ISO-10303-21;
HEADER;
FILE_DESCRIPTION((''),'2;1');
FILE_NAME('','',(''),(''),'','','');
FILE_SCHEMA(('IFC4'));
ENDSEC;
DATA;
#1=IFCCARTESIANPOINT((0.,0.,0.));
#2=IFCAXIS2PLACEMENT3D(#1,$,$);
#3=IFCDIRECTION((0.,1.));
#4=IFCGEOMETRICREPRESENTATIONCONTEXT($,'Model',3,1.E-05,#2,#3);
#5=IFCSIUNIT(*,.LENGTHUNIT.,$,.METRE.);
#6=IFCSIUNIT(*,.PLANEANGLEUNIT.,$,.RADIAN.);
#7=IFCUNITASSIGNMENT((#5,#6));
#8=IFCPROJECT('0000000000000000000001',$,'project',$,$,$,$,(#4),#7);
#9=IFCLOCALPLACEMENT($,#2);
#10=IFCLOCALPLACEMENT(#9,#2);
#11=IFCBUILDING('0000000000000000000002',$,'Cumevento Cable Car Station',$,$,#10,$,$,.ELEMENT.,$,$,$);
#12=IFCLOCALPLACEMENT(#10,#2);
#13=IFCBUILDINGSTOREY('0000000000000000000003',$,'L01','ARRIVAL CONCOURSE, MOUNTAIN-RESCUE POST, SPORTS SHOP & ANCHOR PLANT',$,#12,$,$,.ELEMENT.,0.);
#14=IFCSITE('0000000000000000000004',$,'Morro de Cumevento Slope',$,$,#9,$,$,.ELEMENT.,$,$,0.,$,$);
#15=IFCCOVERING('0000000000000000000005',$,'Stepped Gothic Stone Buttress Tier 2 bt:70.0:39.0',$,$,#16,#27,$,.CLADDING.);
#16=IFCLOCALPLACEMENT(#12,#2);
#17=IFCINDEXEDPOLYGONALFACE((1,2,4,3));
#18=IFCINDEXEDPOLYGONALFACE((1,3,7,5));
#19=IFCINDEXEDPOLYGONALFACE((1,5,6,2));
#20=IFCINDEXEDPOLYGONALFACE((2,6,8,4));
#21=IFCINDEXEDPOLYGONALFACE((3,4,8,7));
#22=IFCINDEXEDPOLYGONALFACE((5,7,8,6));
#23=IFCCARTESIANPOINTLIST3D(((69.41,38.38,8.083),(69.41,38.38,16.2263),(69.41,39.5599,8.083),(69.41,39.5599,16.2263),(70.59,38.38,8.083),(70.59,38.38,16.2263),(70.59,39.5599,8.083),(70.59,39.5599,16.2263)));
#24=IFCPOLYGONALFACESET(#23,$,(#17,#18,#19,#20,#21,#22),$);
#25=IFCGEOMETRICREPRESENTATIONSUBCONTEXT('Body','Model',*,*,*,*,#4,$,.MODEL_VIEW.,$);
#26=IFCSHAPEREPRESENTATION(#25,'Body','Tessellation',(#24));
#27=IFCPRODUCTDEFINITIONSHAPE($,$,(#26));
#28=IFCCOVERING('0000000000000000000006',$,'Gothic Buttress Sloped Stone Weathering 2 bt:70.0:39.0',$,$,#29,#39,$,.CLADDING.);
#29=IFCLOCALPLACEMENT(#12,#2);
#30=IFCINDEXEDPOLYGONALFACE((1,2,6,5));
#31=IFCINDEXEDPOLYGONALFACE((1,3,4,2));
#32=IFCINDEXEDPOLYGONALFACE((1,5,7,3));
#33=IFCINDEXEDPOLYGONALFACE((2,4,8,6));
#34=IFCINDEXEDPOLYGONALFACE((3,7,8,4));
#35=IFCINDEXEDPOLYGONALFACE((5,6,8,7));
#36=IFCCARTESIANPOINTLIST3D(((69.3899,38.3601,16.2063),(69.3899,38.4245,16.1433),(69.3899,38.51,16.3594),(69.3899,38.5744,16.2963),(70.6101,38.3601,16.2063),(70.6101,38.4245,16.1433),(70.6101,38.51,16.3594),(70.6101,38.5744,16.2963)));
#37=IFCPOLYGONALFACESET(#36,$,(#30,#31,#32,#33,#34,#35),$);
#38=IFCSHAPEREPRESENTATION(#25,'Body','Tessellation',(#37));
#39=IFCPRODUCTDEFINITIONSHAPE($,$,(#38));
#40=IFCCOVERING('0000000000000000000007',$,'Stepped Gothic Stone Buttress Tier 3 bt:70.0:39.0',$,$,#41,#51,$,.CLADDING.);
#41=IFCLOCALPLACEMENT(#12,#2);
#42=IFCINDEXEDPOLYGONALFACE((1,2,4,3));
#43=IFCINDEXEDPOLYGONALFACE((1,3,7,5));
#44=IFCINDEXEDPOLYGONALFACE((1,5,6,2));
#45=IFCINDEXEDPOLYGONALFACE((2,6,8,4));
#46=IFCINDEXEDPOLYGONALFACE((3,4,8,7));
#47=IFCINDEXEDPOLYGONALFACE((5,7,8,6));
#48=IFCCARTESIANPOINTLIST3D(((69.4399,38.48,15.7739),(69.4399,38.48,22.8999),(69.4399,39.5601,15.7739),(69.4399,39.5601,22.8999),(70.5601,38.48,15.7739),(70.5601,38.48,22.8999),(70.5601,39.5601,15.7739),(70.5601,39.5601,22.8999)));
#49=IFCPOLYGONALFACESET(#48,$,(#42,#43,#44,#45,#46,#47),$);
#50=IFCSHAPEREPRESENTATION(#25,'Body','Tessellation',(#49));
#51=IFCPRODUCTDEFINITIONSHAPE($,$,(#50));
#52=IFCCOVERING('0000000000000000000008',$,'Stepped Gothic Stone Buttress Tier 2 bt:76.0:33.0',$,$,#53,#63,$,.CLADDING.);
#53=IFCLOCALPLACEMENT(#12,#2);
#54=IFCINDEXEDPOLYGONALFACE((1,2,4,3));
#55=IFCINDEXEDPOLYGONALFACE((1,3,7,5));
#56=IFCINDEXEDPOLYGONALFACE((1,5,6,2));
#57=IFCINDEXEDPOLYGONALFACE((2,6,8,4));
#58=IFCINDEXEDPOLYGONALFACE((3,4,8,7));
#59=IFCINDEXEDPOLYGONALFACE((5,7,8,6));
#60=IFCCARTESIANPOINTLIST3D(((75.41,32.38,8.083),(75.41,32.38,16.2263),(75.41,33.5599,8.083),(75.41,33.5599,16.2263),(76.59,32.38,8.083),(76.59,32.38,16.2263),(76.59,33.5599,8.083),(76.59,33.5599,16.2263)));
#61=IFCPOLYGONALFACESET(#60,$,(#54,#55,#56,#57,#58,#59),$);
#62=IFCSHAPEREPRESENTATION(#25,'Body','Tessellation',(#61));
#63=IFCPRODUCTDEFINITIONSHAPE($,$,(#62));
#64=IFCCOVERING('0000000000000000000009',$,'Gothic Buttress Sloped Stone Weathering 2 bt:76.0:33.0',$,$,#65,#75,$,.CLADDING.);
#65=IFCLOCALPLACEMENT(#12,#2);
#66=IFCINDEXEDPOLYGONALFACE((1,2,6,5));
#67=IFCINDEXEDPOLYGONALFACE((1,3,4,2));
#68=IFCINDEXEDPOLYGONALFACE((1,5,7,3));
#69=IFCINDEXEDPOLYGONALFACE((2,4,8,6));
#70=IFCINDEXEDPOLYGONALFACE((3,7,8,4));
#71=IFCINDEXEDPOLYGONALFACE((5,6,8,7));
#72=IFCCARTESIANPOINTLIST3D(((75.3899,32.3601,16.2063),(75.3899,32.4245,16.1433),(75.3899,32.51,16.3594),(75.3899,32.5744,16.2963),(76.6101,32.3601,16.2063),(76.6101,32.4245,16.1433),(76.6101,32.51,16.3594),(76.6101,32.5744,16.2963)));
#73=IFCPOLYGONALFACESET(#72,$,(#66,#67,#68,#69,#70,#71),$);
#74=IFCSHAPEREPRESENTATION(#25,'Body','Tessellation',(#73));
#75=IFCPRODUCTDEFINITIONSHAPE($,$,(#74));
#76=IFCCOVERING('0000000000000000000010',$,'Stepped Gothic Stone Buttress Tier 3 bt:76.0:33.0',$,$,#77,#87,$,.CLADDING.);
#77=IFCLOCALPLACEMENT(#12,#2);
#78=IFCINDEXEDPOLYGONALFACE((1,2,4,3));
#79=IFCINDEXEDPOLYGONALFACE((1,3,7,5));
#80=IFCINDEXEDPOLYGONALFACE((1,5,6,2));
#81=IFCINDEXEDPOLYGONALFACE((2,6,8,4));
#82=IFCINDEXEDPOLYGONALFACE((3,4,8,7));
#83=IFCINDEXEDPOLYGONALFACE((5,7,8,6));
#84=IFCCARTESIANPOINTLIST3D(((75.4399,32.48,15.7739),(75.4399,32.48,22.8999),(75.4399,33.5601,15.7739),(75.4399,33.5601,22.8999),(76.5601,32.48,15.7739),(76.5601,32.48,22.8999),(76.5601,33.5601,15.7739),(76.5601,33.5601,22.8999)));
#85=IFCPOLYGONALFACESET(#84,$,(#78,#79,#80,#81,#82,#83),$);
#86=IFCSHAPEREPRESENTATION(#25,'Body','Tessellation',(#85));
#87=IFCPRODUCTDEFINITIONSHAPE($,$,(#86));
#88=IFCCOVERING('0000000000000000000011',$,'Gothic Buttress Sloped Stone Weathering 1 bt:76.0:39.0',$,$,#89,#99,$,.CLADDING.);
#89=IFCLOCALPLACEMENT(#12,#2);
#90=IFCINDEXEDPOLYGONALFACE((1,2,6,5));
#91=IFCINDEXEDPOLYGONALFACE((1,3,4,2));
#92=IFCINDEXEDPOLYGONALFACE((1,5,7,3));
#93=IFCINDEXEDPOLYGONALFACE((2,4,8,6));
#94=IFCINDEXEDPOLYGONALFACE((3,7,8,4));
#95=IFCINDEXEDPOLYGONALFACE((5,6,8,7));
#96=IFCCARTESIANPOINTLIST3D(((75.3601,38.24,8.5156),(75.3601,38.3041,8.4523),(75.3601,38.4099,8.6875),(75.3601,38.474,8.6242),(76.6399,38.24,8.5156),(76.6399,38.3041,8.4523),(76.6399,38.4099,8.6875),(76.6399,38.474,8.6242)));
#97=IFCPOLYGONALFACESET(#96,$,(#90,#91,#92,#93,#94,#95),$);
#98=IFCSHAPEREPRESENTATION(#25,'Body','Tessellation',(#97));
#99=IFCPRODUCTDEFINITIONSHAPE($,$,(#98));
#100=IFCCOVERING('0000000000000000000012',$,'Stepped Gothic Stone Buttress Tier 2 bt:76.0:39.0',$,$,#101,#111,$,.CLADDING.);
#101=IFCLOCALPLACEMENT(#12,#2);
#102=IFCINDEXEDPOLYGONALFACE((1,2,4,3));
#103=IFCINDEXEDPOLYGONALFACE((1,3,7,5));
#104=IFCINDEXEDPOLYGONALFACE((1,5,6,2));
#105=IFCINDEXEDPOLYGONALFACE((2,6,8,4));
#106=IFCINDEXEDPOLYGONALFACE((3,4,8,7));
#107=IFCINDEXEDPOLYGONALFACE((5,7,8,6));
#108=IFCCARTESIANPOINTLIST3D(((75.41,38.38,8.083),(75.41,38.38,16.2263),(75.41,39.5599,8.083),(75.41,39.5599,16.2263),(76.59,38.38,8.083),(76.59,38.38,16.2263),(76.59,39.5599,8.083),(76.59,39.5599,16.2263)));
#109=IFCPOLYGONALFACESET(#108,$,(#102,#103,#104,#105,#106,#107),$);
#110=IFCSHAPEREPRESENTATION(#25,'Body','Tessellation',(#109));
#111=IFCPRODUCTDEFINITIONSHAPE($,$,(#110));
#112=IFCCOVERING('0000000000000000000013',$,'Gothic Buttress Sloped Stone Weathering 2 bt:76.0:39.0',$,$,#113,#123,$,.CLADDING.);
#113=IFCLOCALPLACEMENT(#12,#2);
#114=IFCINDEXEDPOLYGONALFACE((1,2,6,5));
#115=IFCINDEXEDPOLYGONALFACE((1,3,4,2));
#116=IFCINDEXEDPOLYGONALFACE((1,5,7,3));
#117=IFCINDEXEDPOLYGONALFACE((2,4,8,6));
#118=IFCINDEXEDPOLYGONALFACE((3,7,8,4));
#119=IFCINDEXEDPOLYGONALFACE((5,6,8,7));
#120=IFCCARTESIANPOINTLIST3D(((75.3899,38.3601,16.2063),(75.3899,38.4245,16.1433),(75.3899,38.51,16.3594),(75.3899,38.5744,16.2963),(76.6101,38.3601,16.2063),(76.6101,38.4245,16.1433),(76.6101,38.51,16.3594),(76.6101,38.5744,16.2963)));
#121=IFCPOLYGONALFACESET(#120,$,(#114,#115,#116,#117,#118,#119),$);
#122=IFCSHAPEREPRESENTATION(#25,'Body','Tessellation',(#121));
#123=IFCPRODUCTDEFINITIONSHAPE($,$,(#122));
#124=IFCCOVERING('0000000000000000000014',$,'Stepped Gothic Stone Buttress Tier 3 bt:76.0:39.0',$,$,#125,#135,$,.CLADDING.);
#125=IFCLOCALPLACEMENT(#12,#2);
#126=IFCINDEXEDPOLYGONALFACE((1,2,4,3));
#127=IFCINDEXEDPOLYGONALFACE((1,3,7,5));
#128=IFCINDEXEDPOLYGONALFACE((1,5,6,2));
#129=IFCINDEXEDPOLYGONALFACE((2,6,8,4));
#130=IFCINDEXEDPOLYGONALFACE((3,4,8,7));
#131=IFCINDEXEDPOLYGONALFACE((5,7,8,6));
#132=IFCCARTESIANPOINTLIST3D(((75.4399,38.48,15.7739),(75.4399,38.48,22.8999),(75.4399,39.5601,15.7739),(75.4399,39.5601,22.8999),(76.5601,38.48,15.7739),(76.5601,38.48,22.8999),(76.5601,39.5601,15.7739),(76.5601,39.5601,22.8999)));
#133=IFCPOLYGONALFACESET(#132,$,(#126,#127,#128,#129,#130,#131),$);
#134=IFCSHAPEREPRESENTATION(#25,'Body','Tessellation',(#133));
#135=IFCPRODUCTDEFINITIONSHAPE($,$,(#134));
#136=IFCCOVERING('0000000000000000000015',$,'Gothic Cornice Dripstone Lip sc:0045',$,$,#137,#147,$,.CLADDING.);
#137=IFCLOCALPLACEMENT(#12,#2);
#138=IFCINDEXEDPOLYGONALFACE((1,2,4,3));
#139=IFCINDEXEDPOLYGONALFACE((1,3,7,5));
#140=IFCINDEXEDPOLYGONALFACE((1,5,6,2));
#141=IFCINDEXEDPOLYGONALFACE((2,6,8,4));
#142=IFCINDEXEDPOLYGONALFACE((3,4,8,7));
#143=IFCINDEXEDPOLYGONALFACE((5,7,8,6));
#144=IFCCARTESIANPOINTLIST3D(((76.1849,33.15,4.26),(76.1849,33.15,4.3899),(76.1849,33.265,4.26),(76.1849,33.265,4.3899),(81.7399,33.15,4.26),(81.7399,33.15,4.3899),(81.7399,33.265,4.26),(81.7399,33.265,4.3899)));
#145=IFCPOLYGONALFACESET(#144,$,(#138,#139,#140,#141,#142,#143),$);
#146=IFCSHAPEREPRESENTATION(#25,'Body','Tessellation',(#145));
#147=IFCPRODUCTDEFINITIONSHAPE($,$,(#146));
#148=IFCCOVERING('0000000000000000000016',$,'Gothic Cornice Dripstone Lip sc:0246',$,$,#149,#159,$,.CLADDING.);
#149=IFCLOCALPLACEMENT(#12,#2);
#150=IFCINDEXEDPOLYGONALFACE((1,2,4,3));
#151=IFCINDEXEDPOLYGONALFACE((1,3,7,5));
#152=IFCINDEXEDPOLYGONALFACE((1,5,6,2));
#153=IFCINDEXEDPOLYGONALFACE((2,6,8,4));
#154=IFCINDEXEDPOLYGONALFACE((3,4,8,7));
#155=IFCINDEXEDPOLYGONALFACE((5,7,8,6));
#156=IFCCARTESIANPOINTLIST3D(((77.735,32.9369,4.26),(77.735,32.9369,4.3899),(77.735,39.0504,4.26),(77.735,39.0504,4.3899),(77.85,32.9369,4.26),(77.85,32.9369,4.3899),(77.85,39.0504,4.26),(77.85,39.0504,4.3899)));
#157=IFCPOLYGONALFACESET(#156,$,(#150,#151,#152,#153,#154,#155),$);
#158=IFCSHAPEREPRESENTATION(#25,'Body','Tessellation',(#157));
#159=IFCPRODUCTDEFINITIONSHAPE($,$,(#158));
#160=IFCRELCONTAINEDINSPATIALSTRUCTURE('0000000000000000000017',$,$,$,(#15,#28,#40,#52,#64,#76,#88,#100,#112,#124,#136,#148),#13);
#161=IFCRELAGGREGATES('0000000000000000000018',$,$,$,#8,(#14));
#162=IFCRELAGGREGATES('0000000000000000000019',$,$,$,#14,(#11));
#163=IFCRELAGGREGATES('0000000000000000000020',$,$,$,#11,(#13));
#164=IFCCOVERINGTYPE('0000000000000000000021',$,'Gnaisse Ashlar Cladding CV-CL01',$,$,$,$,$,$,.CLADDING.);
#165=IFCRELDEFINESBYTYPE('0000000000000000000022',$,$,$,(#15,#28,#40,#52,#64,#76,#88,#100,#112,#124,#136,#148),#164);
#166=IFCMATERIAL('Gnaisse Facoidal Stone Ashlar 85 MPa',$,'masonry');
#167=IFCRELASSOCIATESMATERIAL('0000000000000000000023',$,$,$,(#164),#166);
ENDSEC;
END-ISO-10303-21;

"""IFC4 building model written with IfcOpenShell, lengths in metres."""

from ifc_helpers import new_model, si_unit, direction, frame, origin, origin_2d, place, context, subcontext, project, spatial, polyline, rectangle, outline, extrude, material, type_object, element, save


model = new_model("IFC4")

# Units and contexts
model_context = context("Model", 3, precision=1e-05, world=origin(), true_north=direction((0.0, 1.0)))
body_context = subcontext(model_context, "Body", "Model", "MODEL_VIEW")
ifc_project = project(units=[si_unit("LENGTHUNIT", "METRE"), si_unit("PLANEANGLEUNIT", "RADIAN")], contexts=[model_context])

# Site, building, storey
site_placement = place(None, origin())
site = spatial("IfcSite", under=ifc_project, at=site_placement, Name="Morro de Cumevento Slope", CompositionType="ELEMENT", RefElevation=0.0)
building_placement = place(site_placement, origin())
building = spatial("IfcBuilding", under=site, at=building_placement, Name="Cumevento Cable Car Station", CompositionType="ELEMENT")
storey_placement = place(building_placement, origin())
storey = spatial("IfcBuildingStorey", under=building, at=storey_placement, Name="L01", Description="ARRIVAL CONCOURSE, MOUNTAIN-RESCUE POST, SPORTS SHOP & ANCHOR PLANT", CompositionType="ELEMENT", Elevation=0.0)

# Coverings
ifc_material_1 = material(Name="Gnaisse Facoidal Stone Ashlar 85 MPa", Category="masonry")
covering_type = type_object("IfcCoveringType", Name="Gnaisse Ashlar Cladding CV-CL01", PredefinedType="CLADDING", material=ifc_material_1)
covering_1_placement = place(storey_placement, frame((70.0, 38.97, 8.083), z_axis=(0.0, 0.0, 1.0), x_axis=(1.0, 0.0, 0.0)))
element("IfcCovering", 1, at=covering_1_placement, inside=storey, type_object=covering_type, Name="Stepped Gothic Stone Buttress Tier 2 bt:70.0:39.0", PredefinedType="CLADDING", context=body_context, shape_type="SweptSolid", body=[
    extrude(rectangle(XDim=1.1799, YDim=1.1799, at=origin_2d()), origin(), (0.0, 0.0, 1.0), 8.1433),
])
covering_2_placement = place(storey_placement, frame((69.3899, 38.3601, 16.2063), z_axis=(0.0, -0.714475, 0.699661), x_axis=(1.0, 0.0, 0.0)))
element("IfcCovering", 2, at=covering_2_placement, inside=storey, type_object=covering_type, Name="Gothic Buttress Sloped Stone Weathering 2 bt:70.0:39.0", PredefinedType="CLADDING", context=body_context, shape_type="SweptSolid", body=[
    extrude(outline(polyline([(0.0, 0.0), (1.2202, 0.0), (1.2202, 0.2142), (0.0, 0.2142), (0.0, 0.0)])), origin(), (0.0, 0.0, -1.0), 0.0901),
])
covering_3_placement = place(storey_placement, frame((70.0, 39.02, 15.7739), z_axis=(0.0, 0.0, 1.0), x_axis=(1.0, 0.0, 0.0)))
element("IfcCovering", 3, at=covering_3_placement, inside=storey, type_object=covering_type, Name="Stepped Gothic Stone Buttress Tier 3 bt:70.0:39.0", PredefinedType="CLADDING", context=body_context, shape_type="SweptSolid", body=[
    extrude(rectangle(XDim=1.1201, YDim=1.0801, at=origin_2d()), origin(), (0.0, 0.0, 1.0), 7.126),
])
covering_4_placement = place(storey_placement, frame((76.0, 32.97, 8.083), z_axis=(0.0, 0.0, 1.0), x_axis=(1.0, 0.0, 0.0)))
element("IfcCovering", 4, at=covering_4_placement, inside=storey, type_object=covering_type, Name="Stepped Gothic Stone Buttress Tier 2 bt:76.0:33.0", PredefinedType="CLADDING", context=body_context, shape_type="SweptSolid", body=[
    extrude(rectangle(XDim=1.1799, YDim=1.1799, at=origin_2d()), origin(), (0.0, 0.0, 1.0), 8.1433),
])
covering_5_placement = place(storey_placement, frame((75.3899, 32.3601, 16.2063), z_axis=(0.0, -0.714475, 0.699661), x_axis=(1.0, 0.0, 0.0)))
element("IfcCovering", 5, at=covering_5_placement, inside=storey, type_object=covering_type, Name="Gothic Buttress Sloped Stone Weathering 2 bt:76.0:33.0", PredefinedType="CLADDING", context=body_context, shape_type="SweptSolid", body=[
    extrude(outline(polyline([(0.0, 0.0), (1.2202, 0.0), (1.2202, 0.2142), (0.0, 0.2142), (0.0, 0.0)])), origin(), (0.0, 0.0, -1.0), 0.0901),
])
covering_6_placement = place(storey_placement, frame((76.0, 33.02, 15.7739), z_axis=(0.0, 0.0, 1.0), x_axis=(1.0, 0.0, 0.0)))
element("IfcCovering", 6, at=covering_6_placement, inside=storey, type_object=covering_type, Name="Stepped Gothic Stone Buttress Tier 3 bt:76.0:33.0", PredefinedType="CLADDING", context=body_context, shape_type="SweptSolid", body=[
    extrude(rectangle(XDim=1.1201, YDim=1.0801, at=origin_2d()), origin(), (0.0, 0.0, 1.0), 7.126),
])
covering_7_placement = place(storey_placement, frame((75.3601, 38.24, 8.5156), z_axis=(0.0, -0.711136, 0.703055), x_axis=(1.0, 0.0, 0.0)))
element("IfcCovering", 7, at=covering_7_placement, inside=storey, type_object=covering_type, Name="Gothic Buttress Sloped Stone Weathering 1 bt:76.0:39.0", PredefinedType="CLADDING", context=body_context, shape_type="SweptSolid", body=[
    extrude(outline(polyline([(0.0, 0.0), (1.2798, 0.0), (1.2798, 0.2417), (0.0, 0.2417), (0.0, 0.0)])), origin(), (0.0, 0.0, -1.0), 0.0901),
])
covering_8_placement = place(storey_placement, frame((76.0, 38.97, 8.083), z_axis=(0.0, 0.0, 1.0), x_axis=(1.0, 0.0, 0.0)))
element("IfcCovering", 8, at=covering_8_placement, inside=storey, type_object=covering_type, Name="Stepped Gothic Stone Buttress Tier 2 bt:76.0:39.0", PredefinedType="CLADDING", context=body_context, shape_type="SweptSolid", body=[
    extrude(rectangle(XDim=1.1799, YDim=1.1799, at=origin_2d()), origin(), (0.0, 0.0, 1.0), 8.1433),
])
covering_9_placement = place(storey_placement, frame((75.3899, 38.3601, 16.2063), z_axis=(0.0, -0.714475, 0.699661), x_axis=(1.0, 0.0, 0.0)))
element("IfcCovering", 9, at=covering_9_placement, inside=storey, type_object=covering_type, Name="Gothic Buttress Sloped Stone Weathering 2 bt:76.0:39.0", PredefinedType="CLADDING", context=body_context, shape_type="SweptSolid", body=[
    extrude(outline(polyline([(0.0, 0.0), (1.2202, 0.0), (1.2202, 0.2142), (0.0, 0.2142), (0.0, 0.0)])), origin(), (0.0, 0.0, -1.0), 0.0901),
])
covering_10_placement = place(storey_placement, frame((76.0, 39.02, 15.7739), z_axis=(0.0, 0.0, 1.0), x_axis=(1.0, 0.0, 0.0)))
element("IfcCovering", 10, at=covering_10_placement, inside=storey, type_object=covering_type, Name="Stepped Gothic Stone Buttress Tier 3 bt:76.0:39.0", PredefinedType="CLADDING", context=body_context, shape_type="SweptSolid", body=[
    extrude(rectangle(XDim=1.1201, YDim=1.0801, at=origin_2d()), origin(), (0.0, 0.0, 1.0), 7.126),
])
covering_11_placement = place(storey_placement, frame((78.9624, 33.2075, 4.26), z_axis=(0.0, 0.0, 1.0), x_axis=(1.0, 0.0, 0.0)))
element("IfcCovering", 11, at=covering_11_placement, inside=storey, type_object=covering_type, Name="Gothic Cornice Dripstone Lip sc:0045", PredefinedType="CLADDING", context=body_context, shape_type="SweptSolid", body=[
    extrude(rectangle(XDim=5.5549, YDim=0.115, at=origin_2d()), origin(), (0.0, 0.0, 1.0), 0.1299),
])
covering_12_placement = place(storey_placement, frame((77.7925, 35.9937, 4.26), z_axis=(0.0, 0.0, 1.0), x_axis=(0.0, 1.0, 0.0)))
element("IfcCovering", 12, at=covering_12_placement, inside=storey, type_object=covering_type, Name="Gothic Cornice Dripstone Lip sc:0246", PredefinedType="CLADDING", context=body_context, shape_type="SweptSolid", body=[
    extrude(rectangle(XDim=6.1135, YDim=0.115, at=origin_2d()), origin(), (0.0, 0.0, 1.0), 0.1299),
])

save(model, "model.ifc")
